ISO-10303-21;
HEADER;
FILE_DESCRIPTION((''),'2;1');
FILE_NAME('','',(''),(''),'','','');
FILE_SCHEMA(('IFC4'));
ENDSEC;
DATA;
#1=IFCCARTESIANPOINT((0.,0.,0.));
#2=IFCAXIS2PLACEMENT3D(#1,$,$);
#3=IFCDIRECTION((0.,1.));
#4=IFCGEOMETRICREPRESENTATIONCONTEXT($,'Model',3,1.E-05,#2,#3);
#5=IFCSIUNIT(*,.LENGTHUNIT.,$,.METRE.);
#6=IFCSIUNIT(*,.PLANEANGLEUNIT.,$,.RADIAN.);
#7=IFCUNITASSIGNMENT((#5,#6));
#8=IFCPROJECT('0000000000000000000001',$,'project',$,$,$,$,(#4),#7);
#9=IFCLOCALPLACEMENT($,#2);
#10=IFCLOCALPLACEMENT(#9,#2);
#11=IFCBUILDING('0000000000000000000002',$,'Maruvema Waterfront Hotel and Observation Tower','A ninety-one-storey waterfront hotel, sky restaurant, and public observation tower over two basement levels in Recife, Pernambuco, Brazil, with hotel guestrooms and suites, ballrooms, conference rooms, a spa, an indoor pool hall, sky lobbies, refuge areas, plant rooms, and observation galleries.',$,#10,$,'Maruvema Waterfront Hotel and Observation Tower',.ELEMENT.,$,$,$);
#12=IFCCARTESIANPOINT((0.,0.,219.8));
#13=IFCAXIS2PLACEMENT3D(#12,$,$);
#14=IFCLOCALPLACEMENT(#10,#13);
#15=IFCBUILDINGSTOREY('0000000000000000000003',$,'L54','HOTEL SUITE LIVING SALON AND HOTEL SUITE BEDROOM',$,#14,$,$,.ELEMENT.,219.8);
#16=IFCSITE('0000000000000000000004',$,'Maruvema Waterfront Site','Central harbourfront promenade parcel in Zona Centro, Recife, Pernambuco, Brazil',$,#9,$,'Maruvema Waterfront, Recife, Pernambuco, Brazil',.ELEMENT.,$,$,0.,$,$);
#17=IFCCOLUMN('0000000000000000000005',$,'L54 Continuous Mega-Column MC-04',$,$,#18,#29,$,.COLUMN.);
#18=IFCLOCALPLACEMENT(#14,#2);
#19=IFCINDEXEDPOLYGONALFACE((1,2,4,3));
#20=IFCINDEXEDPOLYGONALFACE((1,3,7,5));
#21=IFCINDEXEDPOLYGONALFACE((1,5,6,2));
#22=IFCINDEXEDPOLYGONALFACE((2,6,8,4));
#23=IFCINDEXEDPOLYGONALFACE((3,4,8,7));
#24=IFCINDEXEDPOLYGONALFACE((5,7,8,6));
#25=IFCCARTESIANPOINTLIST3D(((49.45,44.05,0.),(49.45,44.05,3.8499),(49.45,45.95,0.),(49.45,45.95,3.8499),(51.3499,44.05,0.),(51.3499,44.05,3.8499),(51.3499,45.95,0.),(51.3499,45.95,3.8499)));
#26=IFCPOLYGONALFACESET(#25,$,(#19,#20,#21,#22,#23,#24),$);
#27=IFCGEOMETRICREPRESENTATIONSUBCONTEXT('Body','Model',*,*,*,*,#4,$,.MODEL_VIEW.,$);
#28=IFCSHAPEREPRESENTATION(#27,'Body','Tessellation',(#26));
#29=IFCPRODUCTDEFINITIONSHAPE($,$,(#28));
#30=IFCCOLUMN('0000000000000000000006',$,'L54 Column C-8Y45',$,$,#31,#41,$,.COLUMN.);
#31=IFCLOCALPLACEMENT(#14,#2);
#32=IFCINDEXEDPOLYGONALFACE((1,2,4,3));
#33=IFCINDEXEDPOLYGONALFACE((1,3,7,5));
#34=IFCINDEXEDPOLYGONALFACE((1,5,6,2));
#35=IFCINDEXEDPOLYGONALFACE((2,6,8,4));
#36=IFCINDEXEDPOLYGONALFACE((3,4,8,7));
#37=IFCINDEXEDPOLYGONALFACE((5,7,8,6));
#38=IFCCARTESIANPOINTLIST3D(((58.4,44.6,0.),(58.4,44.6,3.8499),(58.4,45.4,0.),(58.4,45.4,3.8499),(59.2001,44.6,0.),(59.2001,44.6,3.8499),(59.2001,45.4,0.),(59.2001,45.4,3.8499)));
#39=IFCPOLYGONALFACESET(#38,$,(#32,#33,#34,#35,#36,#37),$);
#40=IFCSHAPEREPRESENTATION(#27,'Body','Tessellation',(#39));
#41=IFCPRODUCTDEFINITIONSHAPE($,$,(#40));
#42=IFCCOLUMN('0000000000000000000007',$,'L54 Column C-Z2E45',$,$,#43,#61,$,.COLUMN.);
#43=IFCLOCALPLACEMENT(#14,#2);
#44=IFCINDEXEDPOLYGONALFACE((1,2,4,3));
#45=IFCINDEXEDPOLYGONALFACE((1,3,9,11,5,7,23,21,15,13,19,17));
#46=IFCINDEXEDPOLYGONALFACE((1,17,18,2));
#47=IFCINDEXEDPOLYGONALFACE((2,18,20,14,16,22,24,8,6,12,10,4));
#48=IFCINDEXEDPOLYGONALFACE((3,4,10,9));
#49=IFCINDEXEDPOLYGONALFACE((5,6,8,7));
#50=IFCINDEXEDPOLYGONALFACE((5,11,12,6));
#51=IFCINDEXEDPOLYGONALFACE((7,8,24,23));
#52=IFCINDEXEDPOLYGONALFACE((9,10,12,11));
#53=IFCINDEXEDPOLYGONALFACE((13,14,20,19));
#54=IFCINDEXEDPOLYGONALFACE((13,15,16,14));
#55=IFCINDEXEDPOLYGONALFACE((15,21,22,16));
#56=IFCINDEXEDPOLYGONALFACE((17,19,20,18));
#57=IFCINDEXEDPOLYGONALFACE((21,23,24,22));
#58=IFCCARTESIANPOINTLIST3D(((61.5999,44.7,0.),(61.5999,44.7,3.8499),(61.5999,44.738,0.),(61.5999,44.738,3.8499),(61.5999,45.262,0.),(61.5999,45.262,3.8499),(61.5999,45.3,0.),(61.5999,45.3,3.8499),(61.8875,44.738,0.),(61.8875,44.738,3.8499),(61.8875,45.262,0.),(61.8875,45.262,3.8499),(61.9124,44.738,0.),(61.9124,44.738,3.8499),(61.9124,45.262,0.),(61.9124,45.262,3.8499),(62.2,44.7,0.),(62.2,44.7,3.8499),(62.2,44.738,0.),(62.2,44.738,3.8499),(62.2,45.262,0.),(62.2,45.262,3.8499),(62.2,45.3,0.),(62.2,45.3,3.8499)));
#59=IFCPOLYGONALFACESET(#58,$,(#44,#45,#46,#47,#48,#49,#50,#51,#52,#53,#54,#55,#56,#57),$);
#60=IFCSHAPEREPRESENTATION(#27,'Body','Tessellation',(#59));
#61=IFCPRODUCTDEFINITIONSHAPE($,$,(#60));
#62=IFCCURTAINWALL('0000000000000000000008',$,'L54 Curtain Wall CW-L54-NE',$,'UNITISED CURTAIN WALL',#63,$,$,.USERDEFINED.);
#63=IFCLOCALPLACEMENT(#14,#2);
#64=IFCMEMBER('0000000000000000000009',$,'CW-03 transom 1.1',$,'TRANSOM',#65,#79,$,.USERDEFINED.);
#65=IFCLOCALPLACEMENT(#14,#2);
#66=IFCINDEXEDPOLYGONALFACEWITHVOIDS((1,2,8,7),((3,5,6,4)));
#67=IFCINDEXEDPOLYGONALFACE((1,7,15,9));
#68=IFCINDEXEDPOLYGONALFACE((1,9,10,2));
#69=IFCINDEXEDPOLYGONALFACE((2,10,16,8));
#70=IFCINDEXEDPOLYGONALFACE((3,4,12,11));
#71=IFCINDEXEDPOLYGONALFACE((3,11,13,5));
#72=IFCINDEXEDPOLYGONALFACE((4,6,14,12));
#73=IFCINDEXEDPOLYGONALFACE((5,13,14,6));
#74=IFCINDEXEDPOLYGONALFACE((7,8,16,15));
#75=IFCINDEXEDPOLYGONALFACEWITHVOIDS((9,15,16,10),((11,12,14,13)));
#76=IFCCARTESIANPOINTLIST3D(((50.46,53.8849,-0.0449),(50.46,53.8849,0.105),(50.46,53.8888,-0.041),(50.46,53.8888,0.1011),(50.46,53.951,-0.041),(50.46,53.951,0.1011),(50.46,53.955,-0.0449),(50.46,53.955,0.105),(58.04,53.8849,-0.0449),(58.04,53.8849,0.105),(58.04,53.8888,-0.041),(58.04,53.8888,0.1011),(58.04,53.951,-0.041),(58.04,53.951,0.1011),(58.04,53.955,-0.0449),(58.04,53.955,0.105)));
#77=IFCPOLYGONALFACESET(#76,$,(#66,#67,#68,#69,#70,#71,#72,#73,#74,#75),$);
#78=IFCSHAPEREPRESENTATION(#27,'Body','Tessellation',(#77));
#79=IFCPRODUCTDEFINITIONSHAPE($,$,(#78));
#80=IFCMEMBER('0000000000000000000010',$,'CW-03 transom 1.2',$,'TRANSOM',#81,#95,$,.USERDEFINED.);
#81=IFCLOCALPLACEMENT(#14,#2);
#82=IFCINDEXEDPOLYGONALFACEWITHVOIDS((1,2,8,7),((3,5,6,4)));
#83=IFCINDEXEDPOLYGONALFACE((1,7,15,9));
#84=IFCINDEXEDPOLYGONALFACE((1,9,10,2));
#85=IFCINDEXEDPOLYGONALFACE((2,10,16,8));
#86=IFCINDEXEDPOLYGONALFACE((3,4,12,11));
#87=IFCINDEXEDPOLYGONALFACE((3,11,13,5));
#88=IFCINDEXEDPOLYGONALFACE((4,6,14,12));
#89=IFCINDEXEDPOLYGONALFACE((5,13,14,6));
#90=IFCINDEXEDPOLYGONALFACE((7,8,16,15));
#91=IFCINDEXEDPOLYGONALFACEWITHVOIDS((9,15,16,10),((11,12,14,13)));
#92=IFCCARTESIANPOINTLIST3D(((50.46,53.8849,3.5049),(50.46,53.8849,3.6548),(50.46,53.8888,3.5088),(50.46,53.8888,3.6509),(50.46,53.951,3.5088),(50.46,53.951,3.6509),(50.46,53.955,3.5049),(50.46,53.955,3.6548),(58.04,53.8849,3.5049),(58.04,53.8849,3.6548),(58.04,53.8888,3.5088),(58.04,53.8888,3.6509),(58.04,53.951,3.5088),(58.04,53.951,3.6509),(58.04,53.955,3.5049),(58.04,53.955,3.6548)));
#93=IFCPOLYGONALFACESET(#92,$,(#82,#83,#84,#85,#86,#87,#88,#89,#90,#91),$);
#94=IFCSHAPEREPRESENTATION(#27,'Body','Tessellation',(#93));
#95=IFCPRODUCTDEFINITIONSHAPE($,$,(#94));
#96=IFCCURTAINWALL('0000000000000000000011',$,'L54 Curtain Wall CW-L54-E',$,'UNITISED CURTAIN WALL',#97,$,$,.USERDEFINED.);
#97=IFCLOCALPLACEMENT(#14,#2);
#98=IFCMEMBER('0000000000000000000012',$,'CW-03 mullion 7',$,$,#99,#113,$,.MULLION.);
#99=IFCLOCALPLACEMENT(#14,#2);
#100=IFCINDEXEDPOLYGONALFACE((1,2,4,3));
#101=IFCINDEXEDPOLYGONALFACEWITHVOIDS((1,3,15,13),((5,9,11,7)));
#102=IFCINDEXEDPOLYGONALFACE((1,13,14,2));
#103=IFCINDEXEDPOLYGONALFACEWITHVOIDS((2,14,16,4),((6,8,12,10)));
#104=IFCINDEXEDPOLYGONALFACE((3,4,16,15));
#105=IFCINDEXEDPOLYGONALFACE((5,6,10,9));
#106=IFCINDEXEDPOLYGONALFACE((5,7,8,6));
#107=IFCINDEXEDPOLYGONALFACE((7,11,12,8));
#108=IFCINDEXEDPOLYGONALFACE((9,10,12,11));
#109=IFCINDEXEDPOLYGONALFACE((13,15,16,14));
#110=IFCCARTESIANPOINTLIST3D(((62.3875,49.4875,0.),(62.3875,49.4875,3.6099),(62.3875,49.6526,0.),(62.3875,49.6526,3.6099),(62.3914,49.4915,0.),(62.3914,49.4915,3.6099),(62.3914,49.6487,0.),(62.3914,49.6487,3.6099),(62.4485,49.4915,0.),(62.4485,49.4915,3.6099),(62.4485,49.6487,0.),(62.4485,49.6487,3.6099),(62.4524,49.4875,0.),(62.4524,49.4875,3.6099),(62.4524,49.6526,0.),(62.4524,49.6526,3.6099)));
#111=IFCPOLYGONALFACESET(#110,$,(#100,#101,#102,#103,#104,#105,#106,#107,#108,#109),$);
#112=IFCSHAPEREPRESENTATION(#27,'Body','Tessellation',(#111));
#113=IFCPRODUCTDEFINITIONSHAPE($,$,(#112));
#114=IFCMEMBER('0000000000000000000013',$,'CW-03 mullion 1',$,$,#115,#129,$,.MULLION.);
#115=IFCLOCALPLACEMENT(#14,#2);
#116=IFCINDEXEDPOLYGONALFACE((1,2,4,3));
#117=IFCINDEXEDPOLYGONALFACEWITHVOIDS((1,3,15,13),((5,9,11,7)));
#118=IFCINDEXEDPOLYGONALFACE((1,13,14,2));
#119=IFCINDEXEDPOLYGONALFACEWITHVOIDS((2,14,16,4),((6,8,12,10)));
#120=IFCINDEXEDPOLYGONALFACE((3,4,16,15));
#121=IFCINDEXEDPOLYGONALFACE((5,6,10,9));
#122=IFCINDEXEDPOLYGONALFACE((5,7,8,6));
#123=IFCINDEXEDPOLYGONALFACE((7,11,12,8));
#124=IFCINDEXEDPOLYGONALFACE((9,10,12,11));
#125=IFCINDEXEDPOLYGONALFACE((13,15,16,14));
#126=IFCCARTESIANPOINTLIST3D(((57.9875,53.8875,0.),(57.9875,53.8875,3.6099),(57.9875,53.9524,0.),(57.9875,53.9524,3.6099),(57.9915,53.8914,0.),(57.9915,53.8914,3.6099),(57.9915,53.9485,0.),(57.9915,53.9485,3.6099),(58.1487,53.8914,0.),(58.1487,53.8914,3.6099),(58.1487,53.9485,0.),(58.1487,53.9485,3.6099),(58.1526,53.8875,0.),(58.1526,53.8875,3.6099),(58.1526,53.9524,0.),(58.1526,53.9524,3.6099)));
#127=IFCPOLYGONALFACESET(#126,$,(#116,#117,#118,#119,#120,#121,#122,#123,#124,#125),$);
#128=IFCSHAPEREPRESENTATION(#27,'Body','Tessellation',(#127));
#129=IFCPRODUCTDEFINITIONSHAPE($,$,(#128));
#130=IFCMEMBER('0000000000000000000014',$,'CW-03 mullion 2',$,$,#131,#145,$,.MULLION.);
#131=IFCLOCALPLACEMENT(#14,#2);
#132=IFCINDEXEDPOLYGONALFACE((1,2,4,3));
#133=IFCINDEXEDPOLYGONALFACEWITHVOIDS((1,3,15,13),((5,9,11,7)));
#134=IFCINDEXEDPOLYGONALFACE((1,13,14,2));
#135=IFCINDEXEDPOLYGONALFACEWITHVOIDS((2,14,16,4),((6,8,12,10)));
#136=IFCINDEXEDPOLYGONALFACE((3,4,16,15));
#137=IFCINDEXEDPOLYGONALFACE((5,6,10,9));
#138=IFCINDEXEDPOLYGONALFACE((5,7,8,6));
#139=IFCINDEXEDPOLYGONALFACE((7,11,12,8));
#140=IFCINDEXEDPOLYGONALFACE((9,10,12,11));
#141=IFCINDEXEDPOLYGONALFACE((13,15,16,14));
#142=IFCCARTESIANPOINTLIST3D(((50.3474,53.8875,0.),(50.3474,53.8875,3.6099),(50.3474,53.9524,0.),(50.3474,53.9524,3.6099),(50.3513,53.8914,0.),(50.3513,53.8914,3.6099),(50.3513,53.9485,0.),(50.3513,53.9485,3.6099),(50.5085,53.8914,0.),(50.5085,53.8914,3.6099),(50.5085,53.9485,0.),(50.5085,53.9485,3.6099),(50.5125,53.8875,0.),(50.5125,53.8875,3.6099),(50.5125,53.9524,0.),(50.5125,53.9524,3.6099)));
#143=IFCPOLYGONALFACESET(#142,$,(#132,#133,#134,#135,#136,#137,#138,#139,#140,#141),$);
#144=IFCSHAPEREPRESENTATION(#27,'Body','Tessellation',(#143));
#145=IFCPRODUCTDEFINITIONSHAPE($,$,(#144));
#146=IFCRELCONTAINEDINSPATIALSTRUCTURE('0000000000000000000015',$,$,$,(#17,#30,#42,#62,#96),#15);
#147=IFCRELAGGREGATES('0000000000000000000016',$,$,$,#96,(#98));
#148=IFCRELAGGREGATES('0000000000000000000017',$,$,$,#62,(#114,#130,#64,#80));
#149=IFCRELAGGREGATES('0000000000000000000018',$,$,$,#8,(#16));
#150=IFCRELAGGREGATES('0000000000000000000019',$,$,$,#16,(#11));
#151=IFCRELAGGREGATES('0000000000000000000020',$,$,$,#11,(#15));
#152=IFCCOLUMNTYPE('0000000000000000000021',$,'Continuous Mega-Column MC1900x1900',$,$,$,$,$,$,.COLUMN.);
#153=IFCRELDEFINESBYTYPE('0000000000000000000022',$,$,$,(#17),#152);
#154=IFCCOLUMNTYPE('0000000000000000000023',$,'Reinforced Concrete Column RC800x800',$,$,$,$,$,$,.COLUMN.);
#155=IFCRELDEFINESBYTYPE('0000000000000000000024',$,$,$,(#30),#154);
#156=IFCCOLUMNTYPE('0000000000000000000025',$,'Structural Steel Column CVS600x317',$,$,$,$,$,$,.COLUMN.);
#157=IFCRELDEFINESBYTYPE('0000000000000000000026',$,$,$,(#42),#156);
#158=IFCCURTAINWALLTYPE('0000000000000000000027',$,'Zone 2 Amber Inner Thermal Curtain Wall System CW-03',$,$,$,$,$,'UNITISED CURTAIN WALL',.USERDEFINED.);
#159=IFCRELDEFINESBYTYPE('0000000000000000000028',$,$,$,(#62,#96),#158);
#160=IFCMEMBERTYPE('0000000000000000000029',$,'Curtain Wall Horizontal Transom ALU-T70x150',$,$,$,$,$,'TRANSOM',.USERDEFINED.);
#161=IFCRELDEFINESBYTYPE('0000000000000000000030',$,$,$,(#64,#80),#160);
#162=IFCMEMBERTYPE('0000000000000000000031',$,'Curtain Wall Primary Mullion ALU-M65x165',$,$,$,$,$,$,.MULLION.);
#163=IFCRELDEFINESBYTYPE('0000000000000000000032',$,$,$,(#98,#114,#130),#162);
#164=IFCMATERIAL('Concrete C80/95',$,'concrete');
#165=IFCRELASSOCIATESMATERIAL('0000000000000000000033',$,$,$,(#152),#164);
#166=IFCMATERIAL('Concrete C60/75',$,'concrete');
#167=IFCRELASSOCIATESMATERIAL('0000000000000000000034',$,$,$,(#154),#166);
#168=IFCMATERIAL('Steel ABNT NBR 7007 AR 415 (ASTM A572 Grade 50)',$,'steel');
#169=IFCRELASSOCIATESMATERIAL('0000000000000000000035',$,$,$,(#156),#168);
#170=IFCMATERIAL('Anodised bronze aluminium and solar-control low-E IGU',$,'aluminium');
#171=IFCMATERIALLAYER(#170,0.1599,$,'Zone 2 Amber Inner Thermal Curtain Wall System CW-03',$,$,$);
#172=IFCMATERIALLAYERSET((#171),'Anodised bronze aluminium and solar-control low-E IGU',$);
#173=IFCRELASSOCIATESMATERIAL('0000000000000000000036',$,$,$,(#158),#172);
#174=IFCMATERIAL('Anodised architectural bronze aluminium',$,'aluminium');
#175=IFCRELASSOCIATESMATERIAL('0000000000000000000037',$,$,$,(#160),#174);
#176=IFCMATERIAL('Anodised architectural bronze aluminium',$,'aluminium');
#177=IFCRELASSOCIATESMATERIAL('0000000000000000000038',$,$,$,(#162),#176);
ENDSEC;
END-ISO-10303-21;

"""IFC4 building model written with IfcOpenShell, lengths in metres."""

from ifc_helpers import new_model, si_unit, direction, frame, origin, origin_2d, place, context, subcontext, project, spatial, rectangle, hollow_rectangle, i_section, extrude, material, layer, layer_set, material_profile, profile_set, type_object, element, aggregate, save


model = new_model("IFC4")

# Units and contexts
model_context = context("Model", 3, precision=1e-05, world=origin(), true_north=direction((0.0, 1.0)))
body_context = subcontext(model_context, "Body", "Model", "MODEL_VIEW")
ifc_project = project(units=[si_unit("LENGTHUNIT", "METRE"), si_unit("PLANEANGLEUNIT", "RADIAN")], contexts=[model_context])

# Site, building, storey
site_placement = place(None, origin())
site = spatial("IfcSite", under=ifc_project, at=site_placement, Name="Maruvema Waterfront Site", Description="Central harbourfront promenade parcel in Zona Centro, Recife, Pernambuco, Brazil", LongName="Maruvema Waterfront, Recife, Pernambuco, Brazil", CompositionType="ELEMENT", RefElevation=0.0)
building_placement = place(site_placement, origin())
building = spatial("IfcBuilding", under=site, at=building_placement, Name="Maruvema Waterfront Hotel and Observation Tower", Description="A ninety-one-storey waterfront hotel, sky restaurant, and public observation tower over two basement levels in Recife, Pernambuco, Brazil, with hotel guestrooms and suites, ballrooms, conference rooms, a spa, an indoor pool hall, sky lobbies, refuge areas, plant rooms, and observation galleries.", LongName="Maruvema Waterfront Hotel and Observation Tower", CompositionType="ELEMENT")
storey_placement = place(building_placement, frame((0.0, 0.0, 219.8)))
storey = spatial("IfcBuildingStorey", under=building, at=storey_placement, Name="L54", Description="HOTEL SUITE LIVING SALON AND HOTEL SUITE BEDROOM", CompositionType="ELEMENT", Elevation=219.8)

# Columns
ifc_material_1 = material(Name="Concrete C80/95", Category="concrete")
ifc_material_profile_1 = material_profile(ifc_material_1, rectangle(XDim=1.8999, YDim=1.8999, at=origin_2d()), Name="MC1900x1900")
ifc_profile_set_1 = profile_set([ifc_material_profile_1], Name="Concrete C80/95")
column_type_1 = type_object("IfcColumnType", Name="Continuous Mega-Column MC1900x1900", PredefinedType="COLUMN", material=ifc_profile_set_1)
column_1_placement = place(storey_placement, frame((50.3999, 45.0, 0.0), z_axis=(0.0, 0.0, 1.0), x_axis=(1.0, 0.0, 0.0)))
element("IfcColumn", 1, at=column_1_placement, inside=storey, type_object=column_type_1, Name="L54 Continuous Mega-Column MC-04", PredefinedType="COLUMN", context=body_context, shape_type="SweptSolid", body=[
    extrude(rectangle(XDim=1.8999, YDim=1.8999, at=origin_2d()), origin(), (0.0, 0.0, 1.0), 3.8499),
])
ifc_material_2 = material(Name="Concrete C60/75", Category="concrete")
ifc_material_profile_2 = material_profile(ifc_material_2, rectangle(XDim=0.8, YDim=0.8, at=origin_2d()), Name="RC800x800")
ifc_profile_set_2 = profile_set([ifc_material_profile_2], Name="Concrete C60/75")
column_type_2 = type_object("IfcColumnType", Name="Reinforced Concrete Column RC800x800", PredefinedType="COLUMN", material=ifc_profile_set_2)
column_2_placement = place(storey_placement, frame((58.8, 45.0, 0.0), z_axis=(0.0, 0.0, 1.0), x_axis=(1.0, 0.0, 0.0)))
element("IfcColumn", 2, at=column_2_placement, inside=storey, type_object=column_type_2, Name="L54 Column C-8Y45", PredefinedType="COLUMN", context=body_context, shape_type="SweptSolid", body=[
    extrude(rectangle(XDim=0.8, YDim=0.8, at=origin_2d()), origin(), (0.0, 0.0, 1.0), 3.8499),
])
ifc_material_3 = material(Name="Steel ABNT NBR 7007 AR 415 (ASTM A572 Grade 50)", Category="steel")
ifc_material_profile_3 = material_profile(ifc_material_3, i_section(OverallWidth=0.6001, OverallDepth=0.6001, WebThickness=0.0249, FlangeThickness=0.0381, at=origin_2d()), Name="CVS600x317")
ifc_profile_set_3 = profile_set([ifc_material_profile_3], Name="Steel ABNT NBR 7007 AR 415 (ASTM A572 Grade 50)")
column_type_3 = type_object("IfcColumnType", Name="Structural Steel Column CVS600x317", PredefinedType="COLUMN", material=ifc_profile_set_3)
column_3_placement = place(storey_placement, frame((61.8999, 45.0, 0.0), z_axis=(0.0, 0.0, 1.0), x_axis=(1.0, 0.0, 0.0)))
element("IfcColumn", 3, at=column_3_placement, inside=storey, type_object=column_type_3, Name="L54 Column C-Z2E45", PredefinedType="COLUMN", context=body_context, shape_type="SweptSolid", body=[
    extrude(i_section(OverallWidth=0.6001, OverallDepth=0.6001, WebThickness=0.0249, FlangeThickness=0.0381, at=origin_2d()), origin(), (0.0, 0.0, 1.0), 3.8499),
])

# Curtain wall, members
ifc_material_4 = material(Name="Anodised bronze aluminium and solar-control low-E IGU", Category="aluminium")
ifc_layer_1 = layer(ifc_material_4, 0.1599, Name="Zone 2 Amber Inner Thermal Curtain Wall System CW-03")
ifc_layer_set_1 = layer_set([ifc_layer_1], Name="Anodised bronze aluminium and solar-control low-E IGU")
curtain_wall_type = type_object("IfcCurtainWallType", Name="Zone 2 Amber Inner Thermal Curtain Wall System CW-03", ElementType="UNITISED CURTAIN WALL", PredefinedType="USERDEFINED", material=ifc_layer_set_1)
curtain_wall_1_placement = place(storey_placement, origin())
curtain_wall_1 = element("IfcCurtainWall", 4, at=curtain_wall_1_placement, inside=storey, type_object=curtain_wall_type, Name="L54 Curtain Wall CW-L54-NE", ObjectType="UNITISED CURTAIN WALL", PredefinedType="USERDEFINED")
ifc_material_5 = material(Name="Anodised architectural bronze aluminium", Category="aluminium")
ifc_material_profile_4 = material_profile(ifc_material_5, hollow_rectangle(XDim=0.0701, YDim=0.1499, WallThickness=0.0039, at=origin_2d()), Name="ALU-T70x150")
ifc_profile_set_4 = profile_set([ifc_material_profile_4], Name="Anodised architectural bronze aluminium")
member_type_1 = type_object("IfcMemberType", Name="Curtain Wall Horizontal Transom ALU-T70x150", ElementType="TRANSOM", PredefinedType="USERDEFINED", material=ifc_profile_set_4)
member_1_placement = place(storey_placement, frame((58.04, 53.9199, 0.03), z_axis=(-1.0, 0.0, 0.0), x_axis=(0.0, -1.0, 0.0)))
member_1 = element("IfcMember", 5, at=member_1_placement, type_object=member_type_1, Name="CW-03 transom 1.1", ObjectType="TRANSOM", PredefinedType="USERDEFINED", context=body_context, shape_type="SweptSolid", body=[
    extrude(hollow_rectangle(XDim=0.0701, YDim=0.1499, WallThickness=0.0039, at=origin_2d()), origin(), (0.0, 0.0, 1.0), 7.5801),
])
member_2_placement = place(storey_placement, frame((58.04, 53.9199, 3.5798), z_axis=(-1.0, 0.0, 0.0), x_axis=(0.0, -1.0, 0.0)))
member_2 = element("IfcMember", 6, at=member_2_placement, type_object=member_type_1, Name="CW-03 transom 1.2", ObjectType="TRANSOM", PredefinedType="USERDEFINED", context=body_context, shape_type="SweptSolid", body=[
    extrude(hollow_rectangle(XDim=0.0701, YDim=0.1499, WallThickness=0.0039, at=origin_2d()), origin(), (0.0, 0.0, 1.0), 7.5801),
])

# Curtain wall, member
curtain_wall_2_placement = place(storey_placement, origin())
curtain_wall_2 = element("IfcCurtainWall", 7, at=curtain_wall_2_placement, inside=storey, type_object=curtain_wall_type, Name="L54 Curtain Wall CW-L54-E", ObjectType="UNITISED CURTAIN WALL", PredefinedType="USERDEFINED")
ifc_material_6 = material(Name="Anodised architectural bronze aluminium", Category="aluminium")
ifc_material_profile_5 = material_profile(ifc_material_6, hollow_rectangle(XDim=0.0649, YDim=0.165, WallThickness=0.0039, at=origin_2d()), Name="ALU-M65x165")
ifc_profile_set_5 = profile_set([ifc_material_profile_5], Name="Anodised architectural bronze aluminium")
member_type_2 = type_object("IfcMemberType", Name="Curtain Wall Primary Mullion ALU-M65x165", PredefinedType="MULLION", material=ifc_profile_set_5)
member_3_placement = place(storey_placement, frame((62.4199, 49.5701, 0.0), z_axis=(0.0, 0.0, 1.0), x_axis=(-1.0, 0.0, 0.0)))
member_3 = element("IfcMember", 8, at=member_3_placement, type_object=member_type_2, Name="CW-03 mullion 7", PredefinedType="MULLION", context=body_context, shape_type="SweptSolid", body=[
    extrude(hollow_rectangle(XDim=0.0649, YDim=0.165, WallThickness=0.0039, at=origin_2d()), origin(), (0.0, 0.0, 1.0), 3.6099),
])

# Members
member_4_placement = place(storey_placement, frame((58.0701, 53.9199, 0.0), z_axis=(0.0, 0.0, 1.0), x_axis=(0.0, -1.0, 0.0)))
member_4 = element("IfcMember", 9, at=member_4_placement, type_object=member_type_2, Name="CW-03 mullion 1", PredefinedType="MULLION", context=body_context, shape_type="SweptSolid", body=[
    extrude(hollow_rectangle(XDim=0.0649, YDim=0.165, WallThickness=0.0039, at=origin_2d()), origin(), (0.0, 0.0, 1.0), 3.6099),
])
member_5_placement = place(storey_placement, frame((50.4299, 53.9199, 0.0), z_axis=(0.0, 0.0, 1.0), x_axis=(0.0, -1.0, 0.0)))
member_5 = element("IfcMember", 10, at=member_5_placement, type_object=member_type_2, Name="CW-03 mullion 2", PredefinedType="MULLION", context=body_context, shape_type="SweptSolid", body=[
    extrude(hollow_rectangle(XDim=0.0649, YDim=0.165, WallThickness=0.0039, at=origin_2d()), origin(), (0.0, 0.0, 1.0), 3.6099),
])

aggregate(curtain_wall_2, [member_3])
aggregate(curtain_wall_1, [member_4, member_5, member_1, member_2])

save(model, "model.ifc")
